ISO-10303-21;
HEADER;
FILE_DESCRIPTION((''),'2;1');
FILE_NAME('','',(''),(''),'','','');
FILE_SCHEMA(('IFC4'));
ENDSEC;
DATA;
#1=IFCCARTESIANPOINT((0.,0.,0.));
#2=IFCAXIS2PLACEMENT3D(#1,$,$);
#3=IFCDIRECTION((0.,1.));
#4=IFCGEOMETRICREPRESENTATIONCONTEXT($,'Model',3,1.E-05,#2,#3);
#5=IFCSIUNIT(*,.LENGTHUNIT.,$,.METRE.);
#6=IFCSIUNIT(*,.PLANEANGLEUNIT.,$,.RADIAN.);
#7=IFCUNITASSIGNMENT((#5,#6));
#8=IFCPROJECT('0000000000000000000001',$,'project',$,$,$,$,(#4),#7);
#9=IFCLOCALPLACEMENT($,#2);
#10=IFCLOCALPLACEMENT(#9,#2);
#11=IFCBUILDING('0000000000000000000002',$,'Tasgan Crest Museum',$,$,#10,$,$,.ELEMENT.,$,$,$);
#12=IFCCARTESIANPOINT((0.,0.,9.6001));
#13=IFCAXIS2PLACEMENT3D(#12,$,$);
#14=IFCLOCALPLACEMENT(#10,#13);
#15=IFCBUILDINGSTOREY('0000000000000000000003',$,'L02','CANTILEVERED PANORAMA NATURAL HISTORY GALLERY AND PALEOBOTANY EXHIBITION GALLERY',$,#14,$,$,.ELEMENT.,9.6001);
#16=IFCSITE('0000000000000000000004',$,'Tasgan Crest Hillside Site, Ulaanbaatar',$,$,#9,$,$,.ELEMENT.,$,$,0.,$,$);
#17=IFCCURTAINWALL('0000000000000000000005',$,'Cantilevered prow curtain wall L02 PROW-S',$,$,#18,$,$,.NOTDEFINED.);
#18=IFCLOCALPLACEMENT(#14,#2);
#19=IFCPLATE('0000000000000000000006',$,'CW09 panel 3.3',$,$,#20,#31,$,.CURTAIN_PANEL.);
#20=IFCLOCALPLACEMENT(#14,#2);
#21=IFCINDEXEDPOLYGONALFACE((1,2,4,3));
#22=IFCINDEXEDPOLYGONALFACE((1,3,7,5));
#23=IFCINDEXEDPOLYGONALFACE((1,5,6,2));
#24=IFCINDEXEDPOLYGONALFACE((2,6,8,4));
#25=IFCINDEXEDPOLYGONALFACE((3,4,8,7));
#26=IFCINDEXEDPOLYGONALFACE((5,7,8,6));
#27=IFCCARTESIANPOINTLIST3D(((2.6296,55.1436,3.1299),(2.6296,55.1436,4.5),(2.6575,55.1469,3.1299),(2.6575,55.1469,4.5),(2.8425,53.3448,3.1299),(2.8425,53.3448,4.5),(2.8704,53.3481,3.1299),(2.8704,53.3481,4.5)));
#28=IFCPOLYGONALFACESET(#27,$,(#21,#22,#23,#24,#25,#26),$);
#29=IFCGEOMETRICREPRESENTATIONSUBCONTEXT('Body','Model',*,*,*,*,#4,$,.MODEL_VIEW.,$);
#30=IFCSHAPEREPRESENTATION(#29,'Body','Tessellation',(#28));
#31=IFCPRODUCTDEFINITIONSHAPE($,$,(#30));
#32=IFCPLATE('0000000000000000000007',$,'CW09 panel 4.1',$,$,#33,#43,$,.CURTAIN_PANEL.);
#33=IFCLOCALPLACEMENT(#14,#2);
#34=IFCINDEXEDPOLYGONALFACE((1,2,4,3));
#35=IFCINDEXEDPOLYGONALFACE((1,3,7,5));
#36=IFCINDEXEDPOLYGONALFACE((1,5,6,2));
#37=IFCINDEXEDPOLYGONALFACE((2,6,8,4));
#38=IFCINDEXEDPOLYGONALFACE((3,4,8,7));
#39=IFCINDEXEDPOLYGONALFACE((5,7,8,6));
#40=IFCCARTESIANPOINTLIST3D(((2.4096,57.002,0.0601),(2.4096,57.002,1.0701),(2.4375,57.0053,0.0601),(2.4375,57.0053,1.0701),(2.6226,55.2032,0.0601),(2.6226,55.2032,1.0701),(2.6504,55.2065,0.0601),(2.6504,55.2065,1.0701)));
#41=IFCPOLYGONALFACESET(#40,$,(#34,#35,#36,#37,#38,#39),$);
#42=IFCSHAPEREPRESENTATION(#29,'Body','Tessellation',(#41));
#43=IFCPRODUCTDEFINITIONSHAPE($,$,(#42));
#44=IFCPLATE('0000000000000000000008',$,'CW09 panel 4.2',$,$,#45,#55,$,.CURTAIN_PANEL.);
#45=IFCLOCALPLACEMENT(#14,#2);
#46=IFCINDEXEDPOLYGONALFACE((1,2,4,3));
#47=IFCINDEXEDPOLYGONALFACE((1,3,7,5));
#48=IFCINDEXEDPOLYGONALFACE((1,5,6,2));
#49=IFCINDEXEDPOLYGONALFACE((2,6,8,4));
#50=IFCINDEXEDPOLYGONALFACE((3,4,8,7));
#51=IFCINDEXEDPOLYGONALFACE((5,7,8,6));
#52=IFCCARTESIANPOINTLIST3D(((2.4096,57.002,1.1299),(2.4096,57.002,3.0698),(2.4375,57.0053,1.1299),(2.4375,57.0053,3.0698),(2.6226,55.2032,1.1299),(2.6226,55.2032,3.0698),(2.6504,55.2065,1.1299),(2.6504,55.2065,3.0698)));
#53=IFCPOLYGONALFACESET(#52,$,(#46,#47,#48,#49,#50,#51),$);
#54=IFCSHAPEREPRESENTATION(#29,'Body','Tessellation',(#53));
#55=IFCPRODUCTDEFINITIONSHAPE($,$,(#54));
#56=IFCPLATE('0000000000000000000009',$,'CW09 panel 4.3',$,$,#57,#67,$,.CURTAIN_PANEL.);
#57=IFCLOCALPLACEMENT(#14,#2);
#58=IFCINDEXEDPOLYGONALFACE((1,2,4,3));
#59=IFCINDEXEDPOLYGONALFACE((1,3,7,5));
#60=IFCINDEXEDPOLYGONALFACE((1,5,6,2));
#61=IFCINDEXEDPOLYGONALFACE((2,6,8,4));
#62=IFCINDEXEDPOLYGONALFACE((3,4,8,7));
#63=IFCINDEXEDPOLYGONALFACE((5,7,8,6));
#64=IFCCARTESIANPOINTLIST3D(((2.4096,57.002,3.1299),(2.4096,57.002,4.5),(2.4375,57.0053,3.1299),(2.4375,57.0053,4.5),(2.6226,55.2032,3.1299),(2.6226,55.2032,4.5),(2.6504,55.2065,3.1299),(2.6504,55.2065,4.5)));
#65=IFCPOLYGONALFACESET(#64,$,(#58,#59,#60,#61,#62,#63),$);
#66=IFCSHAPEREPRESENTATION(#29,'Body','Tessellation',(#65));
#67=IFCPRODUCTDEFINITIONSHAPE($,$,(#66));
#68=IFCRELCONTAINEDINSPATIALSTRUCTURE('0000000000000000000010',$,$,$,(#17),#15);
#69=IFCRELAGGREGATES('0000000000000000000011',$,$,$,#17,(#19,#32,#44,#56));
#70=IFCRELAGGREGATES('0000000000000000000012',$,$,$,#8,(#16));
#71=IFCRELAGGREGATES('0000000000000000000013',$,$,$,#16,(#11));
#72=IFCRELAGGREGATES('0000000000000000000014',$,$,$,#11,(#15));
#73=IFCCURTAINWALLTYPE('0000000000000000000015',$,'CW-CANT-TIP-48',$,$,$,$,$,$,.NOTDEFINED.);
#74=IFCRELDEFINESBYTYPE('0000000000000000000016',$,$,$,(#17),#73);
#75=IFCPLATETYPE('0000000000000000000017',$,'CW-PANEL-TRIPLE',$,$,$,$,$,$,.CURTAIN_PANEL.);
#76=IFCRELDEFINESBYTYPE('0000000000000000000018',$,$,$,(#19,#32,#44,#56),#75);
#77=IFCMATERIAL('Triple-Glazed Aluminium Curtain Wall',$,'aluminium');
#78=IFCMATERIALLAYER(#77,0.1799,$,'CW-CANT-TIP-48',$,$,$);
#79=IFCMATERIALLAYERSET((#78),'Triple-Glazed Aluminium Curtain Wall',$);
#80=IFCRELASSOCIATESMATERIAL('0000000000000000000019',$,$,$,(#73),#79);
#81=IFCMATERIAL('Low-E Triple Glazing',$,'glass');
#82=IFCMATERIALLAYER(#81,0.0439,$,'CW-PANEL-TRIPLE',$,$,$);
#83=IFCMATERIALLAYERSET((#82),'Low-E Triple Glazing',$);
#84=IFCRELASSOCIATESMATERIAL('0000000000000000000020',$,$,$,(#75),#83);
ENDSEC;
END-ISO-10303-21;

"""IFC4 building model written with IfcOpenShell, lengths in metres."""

from ifc_helpers import new_model, si_unit, direction, frame, origin, origin_2d, place, context, subcontext, project, spatial, rectangle, extrude, material, layer, layer_set, type_object, element, aggregate, save


model = new_model("IFC4")

# Units and contexts
model_context = context("Model", 3, precision=1e-05, world=origin(), true_north=direction((0.0, 1.0)))
body_context = subcontext(model_context, "Body", "Model", "MODEL_VIEW")
ifc_project = project(units=[si_unit("LENGTHUNIT", "METRE"), si_unit("PLANEANGLEUNIT", "RADIAN")], contexts=[model_context])

# Site, building, storey
site_placement = place(None, origin())
site = spatial("IfcSite", under=ifc_project, at=site_placement, Name="Tasgan Crest Hillside Site, Ulaanbaatar", CompositionType="ELEMENT", RefElevation=0.0)
building_placement = place(site_placement, origin())
building = spatial("IfcBuilding", under=site, at=building_placement, Name="Tasgan Crest Museum", CompositionType="ELEMENT")
storey_placement = place(building_placement, frame((0.0, 0.0, 9.6001)))
storey = spatial("IfcBuildingStorey", under=building, at=storey_placement, Name="L02", Description="CANTILEVERED PANORAMA NATURAL HISTORY GALLERY AND PALEOBOTANY EXHIBITION GALLERY", CompositionType="ELEMENT", Elevation=9.6001)

# Curtain wall
ifc_material_1 = material(Name="Triple-Glazed Aluminium Curtain Wall", Category="aluminium")
ifc_layer_1 = layer(ifc_material_1, 0.1799, Name="CW-CANT-TIP-48")
ifc_layer_set_1 = layer_set([ifc_layer_1], Name="Triple-Glazed Aluminium Curtain Wall")
curtain_wall_type = type_object("IfcCurtainWallType", Name="CW-CANT-TIP-48", PredefinedType="NOTDEFINED", material=ifc_layer_set_1)
curtain_wall_1_placement = place(storey_placement, origin())
curtain_wall_1 = element("IfcCurtainWall", 1, at=curtain_wall_1_placement, inside=storey, type_object=curtain_wall_type, Name="Cantilevered prow curtain wall L02 PROW-S", PredefinedType="NOTDEFINED")

# Plates
ifc_material_2 = material(Name="Low-E Triple Glazing", Category="glass")
ifc_layer_2 = layer(ifc_material_2, 0.0439, Name="CW-PANEL-TRIPLE")
ifc_layer_set_2 = layer_set([ifc_layer_2], Name="Low-E Triple Glazing")
plate_type_1 = type_object("IfcPlateType", Name="CW-PANEL-TRIPLE", PredefinedType="CURTAIN_PANEL", material=ifc_layer_set_2)
plate_1_placement = place(storey_placement, frame((2.75, 54.2458, 3.1299), z_axis=(0.0, 0.0, 1.0), x_axis=(-0.117565, 0.993065, 0.0)))
plate_1 = element("IfcPlate", 2, at=plate_1_placement, type_object=plate_type_1, Name="CW09 panel 3.3", PredefinedType="CURTAIN_PANEL", context=body_context, shape_type="SweptSolid", body=[
    extrude(rectangle(XDim=1.8113, YDim=0.0281, at=origin_2d()), origin(), (0.0, 0.0, 1.0), 1.3701),
])
plate_2_placement = place(storey_placement, frame((2.53, 56.1042, 0.0601), z_axis=(0.0, 0.0, 1.0), x_axis=(-0.117565, 0.993065, 0.0)))
plate_2 = element("IfcPlate", 3, at=plate_2_placement, type_object=plate_type_1, Name="CW09 panel 4.1", PredefinedType="CURTAIN_PANEL", context=body_context, shape_type="SweptSolid", body=[
    extrude(rectangle(XDim=1.8113, YDim=0.0281, at=origin_2d()), origin(), (0.0, 0.0, 1.0), 1.01),
])
plate_3_placement = place(storey_placement, frame((2.53, 56.1042, 1.1299), z_axis=(0.0, 0.0, 1.0), x_axis=(-0.117565, 0.993065, 0.0)))
plate_3 = element("IfcPlate", 4, at=plate_3_placement, type_object=plate_type_1, Name="CW09 panel 4.2", PredefinedType="CURTAIN_PANEL", context=body_context, shape_type="SweptSolid", body=[
    extrude(rectangle(XDim=1.8113, YDim=0.0281, at=origin_2d()), origin(), (0.0, 0.0, 1.0), 1.9399),
])
plate_4_placement = place(storey_placement, frame((2.53, 56.1042, 3.1299), z_axis=(0.0, 0.0, 1.0), x_axis=(-0.117565, 0.993065, 0.0)))
plate_4 = element("IfcPlate", 5, at=plate_4_placement, type_object=plate_type_1, Name="CW09 panel 4.3", PredefinedType="CURTAIN_PANEL", context=body_context, shape_type="SweptSolid", body=[
    extrude(rectangle(XDim=1.8113, YDim=0.0281, at=origin_2d()), origin(), (0.0, 0.0, 1.0), 1.3701),
])
aggregate(curtain_wall_1, [plate_1, plate_2, plate_3, plate_4])

save(model, "model.ifc")
